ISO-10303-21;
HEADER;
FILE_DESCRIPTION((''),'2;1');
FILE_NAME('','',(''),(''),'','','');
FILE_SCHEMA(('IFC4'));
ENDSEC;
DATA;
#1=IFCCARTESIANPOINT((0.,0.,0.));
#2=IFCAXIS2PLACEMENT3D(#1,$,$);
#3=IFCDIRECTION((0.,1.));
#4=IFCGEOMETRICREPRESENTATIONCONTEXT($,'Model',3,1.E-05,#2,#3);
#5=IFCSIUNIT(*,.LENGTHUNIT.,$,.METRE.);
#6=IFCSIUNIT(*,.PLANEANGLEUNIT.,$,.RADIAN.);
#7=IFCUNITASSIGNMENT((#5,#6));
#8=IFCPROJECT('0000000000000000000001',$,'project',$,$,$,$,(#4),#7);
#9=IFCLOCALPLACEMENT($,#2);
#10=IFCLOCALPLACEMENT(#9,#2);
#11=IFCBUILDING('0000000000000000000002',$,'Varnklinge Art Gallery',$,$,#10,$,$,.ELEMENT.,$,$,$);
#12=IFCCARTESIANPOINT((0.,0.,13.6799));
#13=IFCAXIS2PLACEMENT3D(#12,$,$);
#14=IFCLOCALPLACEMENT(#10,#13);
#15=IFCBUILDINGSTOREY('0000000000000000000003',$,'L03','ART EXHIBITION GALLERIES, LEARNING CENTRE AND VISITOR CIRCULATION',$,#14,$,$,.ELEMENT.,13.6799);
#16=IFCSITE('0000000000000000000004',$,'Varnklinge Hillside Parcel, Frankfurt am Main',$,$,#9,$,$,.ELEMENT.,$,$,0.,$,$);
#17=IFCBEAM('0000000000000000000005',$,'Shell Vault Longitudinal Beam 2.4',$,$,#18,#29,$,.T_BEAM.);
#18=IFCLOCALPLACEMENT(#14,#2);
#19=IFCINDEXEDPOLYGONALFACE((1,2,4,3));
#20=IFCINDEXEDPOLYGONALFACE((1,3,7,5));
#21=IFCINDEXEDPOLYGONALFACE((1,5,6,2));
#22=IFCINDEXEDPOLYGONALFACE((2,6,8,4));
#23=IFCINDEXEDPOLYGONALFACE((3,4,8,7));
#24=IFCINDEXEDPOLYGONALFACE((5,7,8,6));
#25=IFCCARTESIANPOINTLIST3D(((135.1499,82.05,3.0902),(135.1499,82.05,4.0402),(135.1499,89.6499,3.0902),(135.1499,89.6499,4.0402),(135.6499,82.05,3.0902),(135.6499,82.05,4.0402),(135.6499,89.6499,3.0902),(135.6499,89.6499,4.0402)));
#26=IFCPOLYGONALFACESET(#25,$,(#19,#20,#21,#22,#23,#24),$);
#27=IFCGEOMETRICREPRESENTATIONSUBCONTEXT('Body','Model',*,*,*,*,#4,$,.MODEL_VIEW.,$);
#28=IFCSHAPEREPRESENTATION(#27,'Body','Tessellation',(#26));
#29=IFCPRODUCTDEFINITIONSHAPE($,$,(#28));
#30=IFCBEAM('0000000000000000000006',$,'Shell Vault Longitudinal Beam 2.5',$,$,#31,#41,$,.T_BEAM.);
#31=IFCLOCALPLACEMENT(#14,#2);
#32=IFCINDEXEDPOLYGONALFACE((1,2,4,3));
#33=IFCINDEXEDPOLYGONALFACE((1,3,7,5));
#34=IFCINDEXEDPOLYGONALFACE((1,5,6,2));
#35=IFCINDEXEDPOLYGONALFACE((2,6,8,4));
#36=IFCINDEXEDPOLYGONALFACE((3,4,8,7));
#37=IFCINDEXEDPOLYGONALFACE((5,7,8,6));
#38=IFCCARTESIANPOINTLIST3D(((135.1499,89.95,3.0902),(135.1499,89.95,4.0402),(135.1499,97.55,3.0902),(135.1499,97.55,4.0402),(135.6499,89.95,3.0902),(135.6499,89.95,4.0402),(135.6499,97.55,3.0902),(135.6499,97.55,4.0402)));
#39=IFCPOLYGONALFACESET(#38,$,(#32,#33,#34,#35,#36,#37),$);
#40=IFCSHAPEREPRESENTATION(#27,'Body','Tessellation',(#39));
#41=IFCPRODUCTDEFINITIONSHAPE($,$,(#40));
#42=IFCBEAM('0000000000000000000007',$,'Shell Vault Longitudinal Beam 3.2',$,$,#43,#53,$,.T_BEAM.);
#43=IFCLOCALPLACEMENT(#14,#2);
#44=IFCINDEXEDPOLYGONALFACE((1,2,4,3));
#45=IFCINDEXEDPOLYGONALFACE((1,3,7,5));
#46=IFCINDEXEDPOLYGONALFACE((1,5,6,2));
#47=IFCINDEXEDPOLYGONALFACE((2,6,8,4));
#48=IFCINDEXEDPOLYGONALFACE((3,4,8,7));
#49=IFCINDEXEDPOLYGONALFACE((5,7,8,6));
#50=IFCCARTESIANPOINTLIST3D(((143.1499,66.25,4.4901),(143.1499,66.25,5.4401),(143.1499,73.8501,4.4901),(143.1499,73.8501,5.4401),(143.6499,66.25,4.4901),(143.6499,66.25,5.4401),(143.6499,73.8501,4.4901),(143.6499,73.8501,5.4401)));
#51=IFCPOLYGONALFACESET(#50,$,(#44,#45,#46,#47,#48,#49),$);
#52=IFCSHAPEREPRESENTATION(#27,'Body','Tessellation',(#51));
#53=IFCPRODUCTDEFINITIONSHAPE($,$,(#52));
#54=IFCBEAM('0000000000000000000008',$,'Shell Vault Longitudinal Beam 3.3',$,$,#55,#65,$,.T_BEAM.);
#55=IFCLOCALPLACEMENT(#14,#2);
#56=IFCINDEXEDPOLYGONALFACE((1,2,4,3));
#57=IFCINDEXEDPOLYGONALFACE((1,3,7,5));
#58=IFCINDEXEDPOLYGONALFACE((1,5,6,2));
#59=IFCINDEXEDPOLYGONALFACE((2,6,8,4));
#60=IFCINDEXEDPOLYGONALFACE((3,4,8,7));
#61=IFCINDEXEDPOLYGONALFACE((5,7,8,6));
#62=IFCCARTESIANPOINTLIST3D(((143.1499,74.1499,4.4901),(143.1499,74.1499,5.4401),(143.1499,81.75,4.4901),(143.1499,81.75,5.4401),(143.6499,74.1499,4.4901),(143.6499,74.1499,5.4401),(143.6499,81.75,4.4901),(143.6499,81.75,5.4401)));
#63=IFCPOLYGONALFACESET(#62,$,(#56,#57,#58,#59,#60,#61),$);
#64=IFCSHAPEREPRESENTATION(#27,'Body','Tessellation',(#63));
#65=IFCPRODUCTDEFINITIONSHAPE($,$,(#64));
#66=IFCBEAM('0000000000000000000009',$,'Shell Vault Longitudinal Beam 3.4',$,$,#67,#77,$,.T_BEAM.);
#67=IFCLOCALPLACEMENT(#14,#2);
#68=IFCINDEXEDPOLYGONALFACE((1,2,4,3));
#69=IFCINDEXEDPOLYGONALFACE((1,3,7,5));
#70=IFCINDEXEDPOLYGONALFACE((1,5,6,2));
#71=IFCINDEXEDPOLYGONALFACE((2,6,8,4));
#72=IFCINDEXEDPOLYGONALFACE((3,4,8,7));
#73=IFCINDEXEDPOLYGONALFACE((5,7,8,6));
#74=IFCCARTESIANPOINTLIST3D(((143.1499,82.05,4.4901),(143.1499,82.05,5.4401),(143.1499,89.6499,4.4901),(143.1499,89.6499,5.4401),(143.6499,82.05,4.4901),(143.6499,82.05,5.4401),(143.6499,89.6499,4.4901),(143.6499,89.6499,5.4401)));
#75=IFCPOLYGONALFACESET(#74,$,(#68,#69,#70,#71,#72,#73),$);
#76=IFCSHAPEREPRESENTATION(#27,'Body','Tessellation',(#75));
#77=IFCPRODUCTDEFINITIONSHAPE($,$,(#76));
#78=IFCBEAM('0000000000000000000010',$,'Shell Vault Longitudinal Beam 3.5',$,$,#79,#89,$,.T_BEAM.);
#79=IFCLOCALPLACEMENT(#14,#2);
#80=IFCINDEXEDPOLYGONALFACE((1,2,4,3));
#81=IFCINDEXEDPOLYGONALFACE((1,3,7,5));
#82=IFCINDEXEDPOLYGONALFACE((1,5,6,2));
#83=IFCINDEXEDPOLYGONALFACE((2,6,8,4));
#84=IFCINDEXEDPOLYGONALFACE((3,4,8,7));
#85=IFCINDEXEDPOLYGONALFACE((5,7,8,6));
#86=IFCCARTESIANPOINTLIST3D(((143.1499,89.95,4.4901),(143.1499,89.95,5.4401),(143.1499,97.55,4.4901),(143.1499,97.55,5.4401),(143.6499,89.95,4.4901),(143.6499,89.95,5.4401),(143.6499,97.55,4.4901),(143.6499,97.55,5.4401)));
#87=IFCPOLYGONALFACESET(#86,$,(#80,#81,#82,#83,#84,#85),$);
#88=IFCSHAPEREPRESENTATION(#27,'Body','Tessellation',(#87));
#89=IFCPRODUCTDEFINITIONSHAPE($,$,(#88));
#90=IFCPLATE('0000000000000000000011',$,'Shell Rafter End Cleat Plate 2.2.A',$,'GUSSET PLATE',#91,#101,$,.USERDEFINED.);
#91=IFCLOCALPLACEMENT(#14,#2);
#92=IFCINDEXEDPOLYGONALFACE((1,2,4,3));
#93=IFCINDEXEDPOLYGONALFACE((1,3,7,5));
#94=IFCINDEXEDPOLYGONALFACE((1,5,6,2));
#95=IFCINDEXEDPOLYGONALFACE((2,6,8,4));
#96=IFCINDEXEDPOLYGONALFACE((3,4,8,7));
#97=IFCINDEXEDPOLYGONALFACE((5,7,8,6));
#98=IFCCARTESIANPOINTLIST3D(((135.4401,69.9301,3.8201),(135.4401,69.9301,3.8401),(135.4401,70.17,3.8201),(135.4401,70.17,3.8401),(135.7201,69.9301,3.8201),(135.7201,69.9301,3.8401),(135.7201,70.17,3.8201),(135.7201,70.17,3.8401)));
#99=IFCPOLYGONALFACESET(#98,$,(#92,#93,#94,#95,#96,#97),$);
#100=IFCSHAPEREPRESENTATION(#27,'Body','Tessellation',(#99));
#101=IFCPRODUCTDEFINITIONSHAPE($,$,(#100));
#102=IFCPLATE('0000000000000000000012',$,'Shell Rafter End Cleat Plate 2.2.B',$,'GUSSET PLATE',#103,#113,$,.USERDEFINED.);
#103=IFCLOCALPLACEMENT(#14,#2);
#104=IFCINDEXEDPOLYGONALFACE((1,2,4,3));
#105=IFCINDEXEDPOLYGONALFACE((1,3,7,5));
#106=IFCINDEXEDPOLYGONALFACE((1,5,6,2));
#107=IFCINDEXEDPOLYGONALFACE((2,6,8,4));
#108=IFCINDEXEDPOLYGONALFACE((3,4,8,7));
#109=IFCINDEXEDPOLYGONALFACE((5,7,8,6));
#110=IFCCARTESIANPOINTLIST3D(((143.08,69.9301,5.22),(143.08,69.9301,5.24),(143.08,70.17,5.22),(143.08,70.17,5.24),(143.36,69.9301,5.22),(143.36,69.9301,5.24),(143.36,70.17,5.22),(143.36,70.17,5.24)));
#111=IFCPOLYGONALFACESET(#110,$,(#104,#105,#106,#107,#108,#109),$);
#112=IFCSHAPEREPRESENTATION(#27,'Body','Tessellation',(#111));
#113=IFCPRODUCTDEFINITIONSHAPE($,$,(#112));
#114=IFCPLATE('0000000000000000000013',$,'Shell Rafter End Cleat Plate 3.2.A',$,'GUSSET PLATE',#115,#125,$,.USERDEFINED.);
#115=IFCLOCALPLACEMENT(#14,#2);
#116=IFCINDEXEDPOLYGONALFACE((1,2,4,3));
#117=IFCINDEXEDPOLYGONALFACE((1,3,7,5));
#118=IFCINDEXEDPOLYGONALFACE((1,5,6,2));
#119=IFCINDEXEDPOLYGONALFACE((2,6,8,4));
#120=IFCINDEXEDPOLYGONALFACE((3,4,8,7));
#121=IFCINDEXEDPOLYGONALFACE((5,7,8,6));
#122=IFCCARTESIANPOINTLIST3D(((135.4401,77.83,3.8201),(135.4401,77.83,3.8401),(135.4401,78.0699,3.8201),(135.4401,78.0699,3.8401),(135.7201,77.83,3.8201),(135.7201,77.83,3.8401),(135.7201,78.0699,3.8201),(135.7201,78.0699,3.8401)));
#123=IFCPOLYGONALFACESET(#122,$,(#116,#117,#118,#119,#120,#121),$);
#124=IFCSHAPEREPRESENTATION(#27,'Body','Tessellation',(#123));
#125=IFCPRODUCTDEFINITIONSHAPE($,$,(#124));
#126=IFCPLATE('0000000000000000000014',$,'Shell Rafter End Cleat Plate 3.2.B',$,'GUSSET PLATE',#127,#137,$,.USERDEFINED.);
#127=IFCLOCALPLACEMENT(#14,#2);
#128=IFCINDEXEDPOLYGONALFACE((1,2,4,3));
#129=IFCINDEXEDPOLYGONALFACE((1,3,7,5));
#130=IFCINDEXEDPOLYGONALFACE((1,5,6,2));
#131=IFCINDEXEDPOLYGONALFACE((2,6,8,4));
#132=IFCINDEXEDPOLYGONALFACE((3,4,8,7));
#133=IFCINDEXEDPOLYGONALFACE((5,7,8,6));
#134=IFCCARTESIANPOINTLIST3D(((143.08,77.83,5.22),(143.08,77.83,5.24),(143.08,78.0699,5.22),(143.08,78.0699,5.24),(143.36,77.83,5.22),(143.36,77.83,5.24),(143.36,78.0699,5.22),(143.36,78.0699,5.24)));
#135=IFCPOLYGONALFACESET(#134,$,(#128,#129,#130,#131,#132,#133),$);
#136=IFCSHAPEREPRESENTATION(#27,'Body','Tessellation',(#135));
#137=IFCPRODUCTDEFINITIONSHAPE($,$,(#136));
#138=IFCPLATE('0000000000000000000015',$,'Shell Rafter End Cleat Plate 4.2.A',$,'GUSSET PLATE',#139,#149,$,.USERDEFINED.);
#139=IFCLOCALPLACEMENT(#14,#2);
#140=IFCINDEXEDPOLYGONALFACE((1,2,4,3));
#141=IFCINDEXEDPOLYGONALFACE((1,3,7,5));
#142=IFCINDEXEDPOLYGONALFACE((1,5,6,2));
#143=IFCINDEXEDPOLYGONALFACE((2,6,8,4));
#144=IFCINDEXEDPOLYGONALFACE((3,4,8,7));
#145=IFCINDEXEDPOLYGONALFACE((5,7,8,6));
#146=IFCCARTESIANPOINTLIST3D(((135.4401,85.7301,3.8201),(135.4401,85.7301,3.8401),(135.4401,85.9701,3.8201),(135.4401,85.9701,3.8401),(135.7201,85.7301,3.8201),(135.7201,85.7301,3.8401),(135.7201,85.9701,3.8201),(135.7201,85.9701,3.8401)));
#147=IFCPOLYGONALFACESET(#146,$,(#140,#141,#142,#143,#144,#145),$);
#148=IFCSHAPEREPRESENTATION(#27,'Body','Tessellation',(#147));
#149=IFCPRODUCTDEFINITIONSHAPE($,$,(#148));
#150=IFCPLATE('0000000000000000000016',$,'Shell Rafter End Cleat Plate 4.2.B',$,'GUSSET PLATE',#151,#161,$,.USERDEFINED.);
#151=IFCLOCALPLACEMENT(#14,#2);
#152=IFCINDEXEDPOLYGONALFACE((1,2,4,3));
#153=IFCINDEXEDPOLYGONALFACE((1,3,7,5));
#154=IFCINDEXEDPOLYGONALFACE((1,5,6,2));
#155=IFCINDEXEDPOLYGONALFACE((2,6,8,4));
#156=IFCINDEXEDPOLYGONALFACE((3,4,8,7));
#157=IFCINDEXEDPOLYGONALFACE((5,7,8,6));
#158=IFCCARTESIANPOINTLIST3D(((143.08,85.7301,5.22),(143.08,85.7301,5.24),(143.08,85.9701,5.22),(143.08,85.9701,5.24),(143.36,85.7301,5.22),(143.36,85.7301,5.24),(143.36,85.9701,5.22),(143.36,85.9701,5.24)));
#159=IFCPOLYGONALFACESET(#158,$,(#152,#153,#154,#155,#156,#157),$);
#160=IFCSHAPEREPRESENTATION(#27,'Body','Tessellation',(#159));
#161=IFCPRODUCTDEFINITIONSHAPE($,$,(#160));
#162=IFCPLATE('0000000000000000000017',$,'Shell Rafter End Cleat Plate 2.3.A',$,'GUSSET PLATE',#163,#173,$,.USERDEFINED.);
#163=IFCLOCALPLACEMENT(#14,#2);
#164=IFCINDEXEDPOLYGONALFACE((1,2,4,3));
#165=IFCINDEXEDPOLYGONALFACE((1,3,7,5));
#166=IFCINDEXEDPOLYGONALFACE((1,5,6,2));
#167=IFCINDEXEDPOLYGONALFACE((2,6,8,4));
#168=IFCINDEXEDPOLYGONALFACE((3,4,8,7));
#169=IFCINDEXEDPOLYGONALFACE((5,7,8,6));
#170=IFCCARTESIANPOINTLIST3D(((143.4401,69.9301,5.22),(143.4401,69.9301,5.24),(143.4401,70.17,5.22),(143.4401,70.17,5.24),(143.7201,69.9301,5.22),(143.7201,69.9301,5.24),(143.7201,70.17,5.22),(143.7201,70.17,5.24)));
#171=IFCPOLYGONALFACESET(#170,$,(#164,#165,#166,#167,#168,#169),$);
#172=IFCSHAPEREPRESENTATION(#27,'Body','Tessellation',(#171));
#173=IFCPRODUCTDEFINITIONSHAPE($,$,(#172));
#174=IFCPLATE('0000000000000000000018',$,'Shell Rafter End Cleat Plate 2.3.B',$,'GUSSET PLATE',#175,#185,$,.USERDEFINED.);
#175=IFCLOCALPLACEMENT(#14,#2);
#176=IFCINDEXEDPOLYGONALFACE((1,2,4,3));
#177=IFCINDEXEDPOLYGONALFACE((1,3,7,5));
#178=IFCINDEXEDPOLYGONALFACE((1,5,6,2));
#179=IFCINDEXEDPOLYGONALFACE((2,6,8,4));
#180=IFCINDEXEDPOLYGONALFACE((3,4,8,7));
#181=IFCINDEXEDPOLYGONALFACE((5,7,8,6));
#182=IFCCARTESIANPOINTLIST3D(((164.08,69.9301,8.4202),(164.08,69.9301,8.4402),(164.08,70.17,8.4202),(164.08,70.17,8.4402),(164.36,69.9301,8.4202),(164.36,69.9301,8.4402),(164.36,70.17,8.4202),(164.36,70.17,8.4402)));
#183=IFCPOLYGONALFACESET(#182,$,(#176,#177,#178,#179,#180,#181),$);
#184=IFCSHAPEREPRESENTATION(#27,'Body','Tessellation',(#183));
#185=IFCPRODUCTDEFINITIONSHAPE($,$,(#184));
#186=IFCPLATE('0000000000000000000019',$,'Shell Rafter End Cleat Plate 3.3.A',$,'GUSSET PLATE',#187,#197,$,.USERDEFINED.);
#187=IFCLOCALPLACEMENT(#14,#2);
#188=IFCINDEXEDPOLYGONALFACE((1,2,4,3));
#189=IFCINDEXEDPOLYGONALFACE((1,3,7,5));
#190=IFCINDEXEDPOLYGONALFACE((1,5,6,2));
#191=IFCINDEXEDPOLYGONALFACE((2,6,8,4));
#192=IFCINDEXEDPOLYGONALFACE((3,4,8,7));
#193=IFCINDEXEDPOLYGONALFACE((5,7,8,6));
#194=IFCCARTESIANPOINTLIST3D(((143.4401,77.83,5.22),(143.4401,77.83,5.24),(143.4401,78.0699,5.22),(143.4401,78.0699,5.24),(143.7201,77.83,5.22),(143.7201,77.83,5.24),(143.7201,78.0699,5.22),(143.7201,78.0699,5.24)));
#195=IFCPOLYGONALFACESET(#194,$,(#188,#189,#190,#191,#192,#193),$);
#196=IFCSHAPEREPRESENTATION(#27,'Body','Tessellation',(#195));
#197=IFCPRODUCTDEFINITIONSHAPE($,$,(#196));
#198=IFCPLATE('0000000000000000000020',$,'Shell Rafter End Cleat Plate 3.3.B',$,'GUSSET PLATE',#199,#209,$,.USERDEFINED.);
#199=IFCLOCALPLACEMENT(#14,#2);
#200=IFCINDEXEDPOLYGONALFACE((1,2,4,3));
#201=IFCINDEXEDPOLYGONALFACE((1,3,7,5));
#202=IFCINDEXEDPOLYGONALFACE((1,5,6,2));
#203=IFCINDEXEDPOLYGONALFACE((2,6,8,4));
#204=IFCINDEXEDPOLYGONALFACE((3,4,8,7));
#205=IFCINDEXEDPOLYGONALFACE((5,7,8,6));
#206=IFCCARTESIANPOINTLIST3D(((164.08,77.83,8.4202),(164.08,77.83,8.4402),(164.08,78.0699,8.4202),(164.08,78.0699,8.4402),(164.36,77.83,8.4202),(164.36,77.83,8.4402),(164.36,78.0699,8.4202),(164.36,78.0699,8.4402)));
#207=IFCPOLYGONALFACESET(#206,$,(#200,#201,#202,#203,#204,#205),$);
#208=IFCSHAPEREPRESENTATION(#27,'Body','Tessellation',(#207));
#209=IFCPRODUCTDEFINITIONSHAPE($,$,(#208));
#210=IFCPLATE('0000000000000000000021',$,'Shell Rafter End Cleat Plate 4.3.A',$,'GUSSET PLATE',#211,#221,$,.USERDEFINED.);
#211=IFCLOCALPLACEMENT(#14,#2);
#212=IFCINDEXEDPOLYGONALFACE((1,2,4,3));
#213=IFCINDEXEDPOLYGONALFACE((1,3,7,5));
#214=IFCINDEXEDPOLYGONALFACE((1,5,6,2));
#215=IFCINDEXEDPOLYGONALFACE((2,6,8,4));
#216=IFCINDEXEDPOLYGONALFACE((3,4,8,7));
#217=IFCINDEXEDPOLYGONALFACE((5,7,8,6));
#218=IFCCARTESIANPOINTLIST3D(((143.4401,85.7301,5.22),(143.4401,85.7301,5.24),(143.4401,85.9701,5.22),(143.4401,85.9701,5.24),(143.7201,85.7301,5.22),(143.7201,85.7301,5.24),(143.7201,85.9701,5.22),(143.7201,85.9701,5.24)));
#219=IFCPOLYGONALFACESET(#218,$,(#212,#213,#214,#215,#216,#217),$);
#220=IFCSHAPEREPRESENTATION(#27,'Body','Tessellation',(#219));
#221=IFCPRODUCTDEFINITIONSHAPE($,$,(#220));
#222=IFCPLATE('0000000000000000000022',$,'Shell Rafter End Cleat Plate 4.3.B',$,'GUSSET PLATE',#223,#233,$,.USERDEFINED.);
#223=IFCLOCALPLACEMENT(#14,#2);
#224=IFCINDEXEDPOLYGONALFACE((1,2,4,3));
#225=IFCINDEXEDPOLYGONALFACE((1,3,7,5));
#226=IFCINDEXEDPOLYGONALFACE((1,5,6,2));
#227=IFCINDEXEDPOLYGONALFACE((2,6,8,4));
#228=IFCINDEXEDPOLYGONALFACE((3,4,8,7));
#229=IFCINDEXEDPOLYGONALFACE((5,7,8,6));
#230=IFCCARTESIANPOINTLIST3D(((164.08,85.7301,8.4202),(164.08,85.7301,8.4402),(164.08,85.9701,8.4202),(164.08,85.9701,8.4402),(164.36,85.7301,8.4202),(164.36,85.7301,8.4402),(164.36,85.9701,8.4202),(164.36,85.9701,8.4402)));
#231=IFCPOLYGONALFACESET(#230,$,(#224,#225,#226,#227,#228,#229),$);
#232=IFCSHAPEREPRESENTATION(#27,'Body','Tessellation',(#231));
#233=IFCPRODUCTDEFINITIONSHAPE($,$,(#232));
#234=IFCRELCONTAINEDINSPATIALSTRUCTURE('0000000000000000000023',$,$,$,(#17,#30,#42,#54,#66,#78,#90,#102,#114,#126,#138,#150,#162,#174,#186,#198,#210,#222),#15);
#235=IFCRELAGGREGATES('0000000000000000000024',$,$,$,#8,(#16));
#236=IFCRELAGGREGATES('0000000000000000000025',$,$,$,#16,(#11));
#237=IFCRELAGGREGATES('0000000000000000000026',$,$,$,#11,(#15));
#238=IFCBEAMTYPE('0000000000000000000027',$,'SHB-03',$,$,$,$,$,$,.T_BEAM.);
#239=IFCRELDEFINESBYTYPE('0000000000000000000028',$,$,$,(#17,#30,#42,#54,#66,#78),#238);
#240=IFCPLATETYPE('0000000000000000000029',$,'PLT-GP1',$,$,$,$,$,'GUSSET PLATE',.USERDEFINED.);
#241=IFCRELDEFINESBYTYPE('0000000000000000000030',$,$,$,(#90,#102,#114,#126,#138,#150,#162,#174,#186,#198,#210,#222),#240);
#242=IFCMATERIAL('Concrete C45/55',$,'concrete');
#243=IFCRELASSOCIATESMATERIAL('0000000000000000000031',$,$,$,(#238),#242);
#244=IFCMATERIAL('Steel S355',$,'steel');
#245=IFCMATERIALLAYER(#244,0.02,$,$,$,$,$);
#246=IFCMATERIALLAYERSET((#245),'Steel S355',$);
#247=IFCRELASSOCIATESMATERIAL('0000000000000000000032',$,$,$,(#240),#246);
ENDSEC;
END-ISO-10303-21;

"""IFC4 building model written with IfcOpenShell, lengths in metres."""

from ifc_helpers import new_model, si_unit, direction, frame, origin, origin_2d, place, context, subcontext, project, spatial, rectangle, extrude, material, layer, layer_set, material_profile, profile_set, type_object, element, save


model = new_model("IFC4")

# Units and contexts
model_context = context("Model", 3, precision=1e-05, world=origin(), true_north=direction((0.0, 1.0)))
body_context = subcontext(model_context, "Body", "Model", "MODEL_VIEW")
ifc_project = project(units=[si_unit("LENGTHUNIT", "METRE"), si_unit("PLANEANGLEUNIT", "RADIAN")], contexts=[model_context])

# Site, building, storey
site_placement = place(None, origin())
site = spatial("IfcSite", under=ifc_project, at=site_placement, Name="Varnklinge Hillside Parcel, Frankfurt am Main", CompositionType="ELEMENT", RefElevation=0.0)
building_placement = place(site_placement, origin())
building = spatial("IfcBuilding", under=site, at=building_placement, Name="Varnklinge Art Gallery", CompositionType="ELEMENT")
storey_placement = place(building_placement, frame((0.0, 0.0, 13.6799)))
storey = spatial("IfcBuildingStorey", under=building, at=storey_placement, Name="L03", Description="ART EXHIBITION GALLERIES, LEARNING CENTRE AND VISITOR CIRCULATION", CompositionType="ELEMENT", Elevation=13.6799)

# Beams
ifc_material_1 = material(Name="Concrete C45/55", Category="concrete")
ifc_material_profile_1 = material_profile(ifc_material_1, rectangle(XDim=0.5, YDim=0.95, at=origin_2d()), Name="RC 500x950")
ifc_profile_set_1 = profile_set([ifc_material_profile_1], Name="Concrete C45/55")
beam_type_1 = type_object("IfcBeamType", Name="SHB-03", PredefinedType="T_BEAM", material=ifc_profile_set_1)
beam_1_placement = place(storey_placement, frame((135.3999, 82.05, 3.5652), z_axis=(0.0, 1.0, 0.0), x_axis=(-1.0, 0.0, 0.0)))
element("IfcBeam", 1, at=beam_1_placement, inside=storey, type_object=beam_type_1, Name="Shell Vault Longitudinal Beam 2.4", PredefinedType="T_BEAM", context=body_context, shape_type="SweptSolid", body=[
    extrude(rectangle(XDim=0.5, YDim=0.95, at=origin_2d()), origin(), (0.0, 0.0, 1.0), 7.5999),
])
for number, where, z_axis, x_axis, name in (
    (2, (135.3999, 89.95, 3.5652), (0.0, 1.0, 0.0), (-1.0, 0.0, 0.0), "Shell Vault Longitudinal Beam 2.5"),
    (3, (143.3999, 66.25, 4.9651), (0.0, 1.0, 0.0), (-1.0, 0.0, 0.0), "Shell Vault Longitudinal Beam 3.2"),
    (4, (143.3999, 74.1499, 4.9651), (0.0, 1.0, 0.0), (-1.0, 0.0, 0.0), "Shell Vault Longitudinal Beam 3.3"),
):
    element("IfcBeam", number, at=place(storey_placement, frame(where, z_axis=z_axis, x_axis=x_axis)), inside=storey, type_object=beam_type_1, Name=name, PredefinedType="T_BEAM", context=body_context, shape_type="SweptSolid", body=[
        extrude(rectangle(XDim=0.5, YDim=0.95, at=origin_2d()), origin(), (0.0, 0.0, 1.0), 7.6001),
    ])
beam_2_placement = place(storey_placement, frame((143.3999, 82.05, 4.9651), z_axis=(0.0, 1.0, 0.0), x_axis=(-1.0, 0.0, 0.0)))
element("IfcBeam", 5, at=beam_2_placement, inside=storey, type_object=beam_type_1, Name="Shell Vault Longitudinal Beam 3.4", PredefinedType="T_BEAM", context=body_context, shape_type="SweptSolid", body=[
    extrude(rectangle(XDim=0.5, YDim=0.95, at=origin_2d()), origin(), (0.0, 0.0, 1.0), 7.5999),
])
beam_3_placement = place(storey_placement, frame((143.3999, 89.95, 4.9651), z_axis=(0.0, 1.0, 0.0), x_axis=(-1.0, 0.0, 0.0)))
element("IfcBeam", 6, at=beam_3_placement, inside=storey, type_object=beam_type_1, Name="Shell Vault Longitudinal Beam 3.5", PredefinedType="T_BEAM", context=body_context, shape_type="SweptSolid", body=[
    extrude(rectangle(XDim=0.5, YDim=0.95, at=origin_2d()), origin(), (0.0, 0.0, 1.0), 7.6001),
])

# Plates
ifc_material_2 = material(Name="Steel S355", Category="steel")
ifc_layer_1 = layer(ifc_material_2, 0.02)
ifc_layer_set_1 = layer_set([ifc_layer_1], Name="Steel S355")
plate_type = type_object("IfcPlateType", Name="PLT-GP1", ElementType="GUSSET PLATE", PredefinedType="USERDEFINED", material=ifc_layer_set_1)
for number, where, z_axis, x_axis, name in (
    (7, (135.5801, 70.05, 3.8201), (0.0, 0.0, 1.0), (1.0, 0.0, 0.0), "Shell Rafter End Cleat Plate 2.2.A"),
    (8, (143.22, 70.05, 5.22), (0.0, 0.0, 1.0), (1.0, 0.0, 0.0), "Shell Rafter End Cleat Plate 2.2.B"),
    (9, (135.5801, 77.95, 3.8201), (0.0, 0.0, 1.0), (1.0, 0.0, 0.0), "Shell Rafter End Cleat Plate 3.2.A"),
    (10, (143.22, 77.95, 5.22), (0.0, 0.0, 1.0), (1.0, 0.0, 0.0), "Shell Rafter End Cleat Plate 3.2.B"),
    (11, (135.5801, 85.8501, 3.8201), (0.0, 0.0, 1.0), (1.0, 0.0, 0.0), "Shell Rafter End Cleat Plate 4.2.A"),
    (12, (143.22, 85.8501, 5.22), (0.0, 0.0, 1.0), (1.0, 0.0, 0.0), "Shell Rafter End Cleat Plate 4.2.B"),
    (13, (143.5801, 70.05, 5.22), (0.0, 0.0, 1.0), (1.0, 0.0, 0.0), "Shell Rafter End Cleat Plate 2.3.A"),
    (14, (164.22, 70.05, 8.4202), (0.0, 0.0, 1.0), (1.0, 0.0, 0.0), "Shell Rafter End Cleat Plate 2.3.B"),
    (15, (143.5801, 77.95, 5.22), (0.0, 0.0, 1.0), (1.0, 0.0, 0.0), "Shell Rafter End Cleat Plate 3.3.A"),
    (16, (164.22, 77.95, 8.4202), (0.0, 0.0, 1.0), (1.0, 0.0, 0.0), "Shell Rafter End Cleat Plate 3.3.B"),
    (17, (143.5801, 85.8501, 5.22), (0.0, 0.0, 1.0), (1.0, 0.0, 0.0), "Shell Rafter End Cleat Plate 4.3.A"),
    (18, (164.22, 85.8501, 8.4202), (0.0, 0.0, 1.0), (1.0, 0.0, 0.0), "Shell Rafter End Cleat Plate 4.3.B"),
):
    element("IfcPlate", number, at=place(storey_placement, frame(where, z_axis=z_axis, x_axis=x_axis)), inside=storey, type_object=plate_type, Name=name, ObjectType="GUSSET PLATE", PredefinedType="USERDEFINED", context=body_context, shape_type="SweptSolid", body=[
        extrude(rectangle(XDim=0.28, YDim=0.24, at=origin_2d()), origin(), (0.0, 0.0, 1.0), 0.02),
    ])

save(model, "model.ifc")
